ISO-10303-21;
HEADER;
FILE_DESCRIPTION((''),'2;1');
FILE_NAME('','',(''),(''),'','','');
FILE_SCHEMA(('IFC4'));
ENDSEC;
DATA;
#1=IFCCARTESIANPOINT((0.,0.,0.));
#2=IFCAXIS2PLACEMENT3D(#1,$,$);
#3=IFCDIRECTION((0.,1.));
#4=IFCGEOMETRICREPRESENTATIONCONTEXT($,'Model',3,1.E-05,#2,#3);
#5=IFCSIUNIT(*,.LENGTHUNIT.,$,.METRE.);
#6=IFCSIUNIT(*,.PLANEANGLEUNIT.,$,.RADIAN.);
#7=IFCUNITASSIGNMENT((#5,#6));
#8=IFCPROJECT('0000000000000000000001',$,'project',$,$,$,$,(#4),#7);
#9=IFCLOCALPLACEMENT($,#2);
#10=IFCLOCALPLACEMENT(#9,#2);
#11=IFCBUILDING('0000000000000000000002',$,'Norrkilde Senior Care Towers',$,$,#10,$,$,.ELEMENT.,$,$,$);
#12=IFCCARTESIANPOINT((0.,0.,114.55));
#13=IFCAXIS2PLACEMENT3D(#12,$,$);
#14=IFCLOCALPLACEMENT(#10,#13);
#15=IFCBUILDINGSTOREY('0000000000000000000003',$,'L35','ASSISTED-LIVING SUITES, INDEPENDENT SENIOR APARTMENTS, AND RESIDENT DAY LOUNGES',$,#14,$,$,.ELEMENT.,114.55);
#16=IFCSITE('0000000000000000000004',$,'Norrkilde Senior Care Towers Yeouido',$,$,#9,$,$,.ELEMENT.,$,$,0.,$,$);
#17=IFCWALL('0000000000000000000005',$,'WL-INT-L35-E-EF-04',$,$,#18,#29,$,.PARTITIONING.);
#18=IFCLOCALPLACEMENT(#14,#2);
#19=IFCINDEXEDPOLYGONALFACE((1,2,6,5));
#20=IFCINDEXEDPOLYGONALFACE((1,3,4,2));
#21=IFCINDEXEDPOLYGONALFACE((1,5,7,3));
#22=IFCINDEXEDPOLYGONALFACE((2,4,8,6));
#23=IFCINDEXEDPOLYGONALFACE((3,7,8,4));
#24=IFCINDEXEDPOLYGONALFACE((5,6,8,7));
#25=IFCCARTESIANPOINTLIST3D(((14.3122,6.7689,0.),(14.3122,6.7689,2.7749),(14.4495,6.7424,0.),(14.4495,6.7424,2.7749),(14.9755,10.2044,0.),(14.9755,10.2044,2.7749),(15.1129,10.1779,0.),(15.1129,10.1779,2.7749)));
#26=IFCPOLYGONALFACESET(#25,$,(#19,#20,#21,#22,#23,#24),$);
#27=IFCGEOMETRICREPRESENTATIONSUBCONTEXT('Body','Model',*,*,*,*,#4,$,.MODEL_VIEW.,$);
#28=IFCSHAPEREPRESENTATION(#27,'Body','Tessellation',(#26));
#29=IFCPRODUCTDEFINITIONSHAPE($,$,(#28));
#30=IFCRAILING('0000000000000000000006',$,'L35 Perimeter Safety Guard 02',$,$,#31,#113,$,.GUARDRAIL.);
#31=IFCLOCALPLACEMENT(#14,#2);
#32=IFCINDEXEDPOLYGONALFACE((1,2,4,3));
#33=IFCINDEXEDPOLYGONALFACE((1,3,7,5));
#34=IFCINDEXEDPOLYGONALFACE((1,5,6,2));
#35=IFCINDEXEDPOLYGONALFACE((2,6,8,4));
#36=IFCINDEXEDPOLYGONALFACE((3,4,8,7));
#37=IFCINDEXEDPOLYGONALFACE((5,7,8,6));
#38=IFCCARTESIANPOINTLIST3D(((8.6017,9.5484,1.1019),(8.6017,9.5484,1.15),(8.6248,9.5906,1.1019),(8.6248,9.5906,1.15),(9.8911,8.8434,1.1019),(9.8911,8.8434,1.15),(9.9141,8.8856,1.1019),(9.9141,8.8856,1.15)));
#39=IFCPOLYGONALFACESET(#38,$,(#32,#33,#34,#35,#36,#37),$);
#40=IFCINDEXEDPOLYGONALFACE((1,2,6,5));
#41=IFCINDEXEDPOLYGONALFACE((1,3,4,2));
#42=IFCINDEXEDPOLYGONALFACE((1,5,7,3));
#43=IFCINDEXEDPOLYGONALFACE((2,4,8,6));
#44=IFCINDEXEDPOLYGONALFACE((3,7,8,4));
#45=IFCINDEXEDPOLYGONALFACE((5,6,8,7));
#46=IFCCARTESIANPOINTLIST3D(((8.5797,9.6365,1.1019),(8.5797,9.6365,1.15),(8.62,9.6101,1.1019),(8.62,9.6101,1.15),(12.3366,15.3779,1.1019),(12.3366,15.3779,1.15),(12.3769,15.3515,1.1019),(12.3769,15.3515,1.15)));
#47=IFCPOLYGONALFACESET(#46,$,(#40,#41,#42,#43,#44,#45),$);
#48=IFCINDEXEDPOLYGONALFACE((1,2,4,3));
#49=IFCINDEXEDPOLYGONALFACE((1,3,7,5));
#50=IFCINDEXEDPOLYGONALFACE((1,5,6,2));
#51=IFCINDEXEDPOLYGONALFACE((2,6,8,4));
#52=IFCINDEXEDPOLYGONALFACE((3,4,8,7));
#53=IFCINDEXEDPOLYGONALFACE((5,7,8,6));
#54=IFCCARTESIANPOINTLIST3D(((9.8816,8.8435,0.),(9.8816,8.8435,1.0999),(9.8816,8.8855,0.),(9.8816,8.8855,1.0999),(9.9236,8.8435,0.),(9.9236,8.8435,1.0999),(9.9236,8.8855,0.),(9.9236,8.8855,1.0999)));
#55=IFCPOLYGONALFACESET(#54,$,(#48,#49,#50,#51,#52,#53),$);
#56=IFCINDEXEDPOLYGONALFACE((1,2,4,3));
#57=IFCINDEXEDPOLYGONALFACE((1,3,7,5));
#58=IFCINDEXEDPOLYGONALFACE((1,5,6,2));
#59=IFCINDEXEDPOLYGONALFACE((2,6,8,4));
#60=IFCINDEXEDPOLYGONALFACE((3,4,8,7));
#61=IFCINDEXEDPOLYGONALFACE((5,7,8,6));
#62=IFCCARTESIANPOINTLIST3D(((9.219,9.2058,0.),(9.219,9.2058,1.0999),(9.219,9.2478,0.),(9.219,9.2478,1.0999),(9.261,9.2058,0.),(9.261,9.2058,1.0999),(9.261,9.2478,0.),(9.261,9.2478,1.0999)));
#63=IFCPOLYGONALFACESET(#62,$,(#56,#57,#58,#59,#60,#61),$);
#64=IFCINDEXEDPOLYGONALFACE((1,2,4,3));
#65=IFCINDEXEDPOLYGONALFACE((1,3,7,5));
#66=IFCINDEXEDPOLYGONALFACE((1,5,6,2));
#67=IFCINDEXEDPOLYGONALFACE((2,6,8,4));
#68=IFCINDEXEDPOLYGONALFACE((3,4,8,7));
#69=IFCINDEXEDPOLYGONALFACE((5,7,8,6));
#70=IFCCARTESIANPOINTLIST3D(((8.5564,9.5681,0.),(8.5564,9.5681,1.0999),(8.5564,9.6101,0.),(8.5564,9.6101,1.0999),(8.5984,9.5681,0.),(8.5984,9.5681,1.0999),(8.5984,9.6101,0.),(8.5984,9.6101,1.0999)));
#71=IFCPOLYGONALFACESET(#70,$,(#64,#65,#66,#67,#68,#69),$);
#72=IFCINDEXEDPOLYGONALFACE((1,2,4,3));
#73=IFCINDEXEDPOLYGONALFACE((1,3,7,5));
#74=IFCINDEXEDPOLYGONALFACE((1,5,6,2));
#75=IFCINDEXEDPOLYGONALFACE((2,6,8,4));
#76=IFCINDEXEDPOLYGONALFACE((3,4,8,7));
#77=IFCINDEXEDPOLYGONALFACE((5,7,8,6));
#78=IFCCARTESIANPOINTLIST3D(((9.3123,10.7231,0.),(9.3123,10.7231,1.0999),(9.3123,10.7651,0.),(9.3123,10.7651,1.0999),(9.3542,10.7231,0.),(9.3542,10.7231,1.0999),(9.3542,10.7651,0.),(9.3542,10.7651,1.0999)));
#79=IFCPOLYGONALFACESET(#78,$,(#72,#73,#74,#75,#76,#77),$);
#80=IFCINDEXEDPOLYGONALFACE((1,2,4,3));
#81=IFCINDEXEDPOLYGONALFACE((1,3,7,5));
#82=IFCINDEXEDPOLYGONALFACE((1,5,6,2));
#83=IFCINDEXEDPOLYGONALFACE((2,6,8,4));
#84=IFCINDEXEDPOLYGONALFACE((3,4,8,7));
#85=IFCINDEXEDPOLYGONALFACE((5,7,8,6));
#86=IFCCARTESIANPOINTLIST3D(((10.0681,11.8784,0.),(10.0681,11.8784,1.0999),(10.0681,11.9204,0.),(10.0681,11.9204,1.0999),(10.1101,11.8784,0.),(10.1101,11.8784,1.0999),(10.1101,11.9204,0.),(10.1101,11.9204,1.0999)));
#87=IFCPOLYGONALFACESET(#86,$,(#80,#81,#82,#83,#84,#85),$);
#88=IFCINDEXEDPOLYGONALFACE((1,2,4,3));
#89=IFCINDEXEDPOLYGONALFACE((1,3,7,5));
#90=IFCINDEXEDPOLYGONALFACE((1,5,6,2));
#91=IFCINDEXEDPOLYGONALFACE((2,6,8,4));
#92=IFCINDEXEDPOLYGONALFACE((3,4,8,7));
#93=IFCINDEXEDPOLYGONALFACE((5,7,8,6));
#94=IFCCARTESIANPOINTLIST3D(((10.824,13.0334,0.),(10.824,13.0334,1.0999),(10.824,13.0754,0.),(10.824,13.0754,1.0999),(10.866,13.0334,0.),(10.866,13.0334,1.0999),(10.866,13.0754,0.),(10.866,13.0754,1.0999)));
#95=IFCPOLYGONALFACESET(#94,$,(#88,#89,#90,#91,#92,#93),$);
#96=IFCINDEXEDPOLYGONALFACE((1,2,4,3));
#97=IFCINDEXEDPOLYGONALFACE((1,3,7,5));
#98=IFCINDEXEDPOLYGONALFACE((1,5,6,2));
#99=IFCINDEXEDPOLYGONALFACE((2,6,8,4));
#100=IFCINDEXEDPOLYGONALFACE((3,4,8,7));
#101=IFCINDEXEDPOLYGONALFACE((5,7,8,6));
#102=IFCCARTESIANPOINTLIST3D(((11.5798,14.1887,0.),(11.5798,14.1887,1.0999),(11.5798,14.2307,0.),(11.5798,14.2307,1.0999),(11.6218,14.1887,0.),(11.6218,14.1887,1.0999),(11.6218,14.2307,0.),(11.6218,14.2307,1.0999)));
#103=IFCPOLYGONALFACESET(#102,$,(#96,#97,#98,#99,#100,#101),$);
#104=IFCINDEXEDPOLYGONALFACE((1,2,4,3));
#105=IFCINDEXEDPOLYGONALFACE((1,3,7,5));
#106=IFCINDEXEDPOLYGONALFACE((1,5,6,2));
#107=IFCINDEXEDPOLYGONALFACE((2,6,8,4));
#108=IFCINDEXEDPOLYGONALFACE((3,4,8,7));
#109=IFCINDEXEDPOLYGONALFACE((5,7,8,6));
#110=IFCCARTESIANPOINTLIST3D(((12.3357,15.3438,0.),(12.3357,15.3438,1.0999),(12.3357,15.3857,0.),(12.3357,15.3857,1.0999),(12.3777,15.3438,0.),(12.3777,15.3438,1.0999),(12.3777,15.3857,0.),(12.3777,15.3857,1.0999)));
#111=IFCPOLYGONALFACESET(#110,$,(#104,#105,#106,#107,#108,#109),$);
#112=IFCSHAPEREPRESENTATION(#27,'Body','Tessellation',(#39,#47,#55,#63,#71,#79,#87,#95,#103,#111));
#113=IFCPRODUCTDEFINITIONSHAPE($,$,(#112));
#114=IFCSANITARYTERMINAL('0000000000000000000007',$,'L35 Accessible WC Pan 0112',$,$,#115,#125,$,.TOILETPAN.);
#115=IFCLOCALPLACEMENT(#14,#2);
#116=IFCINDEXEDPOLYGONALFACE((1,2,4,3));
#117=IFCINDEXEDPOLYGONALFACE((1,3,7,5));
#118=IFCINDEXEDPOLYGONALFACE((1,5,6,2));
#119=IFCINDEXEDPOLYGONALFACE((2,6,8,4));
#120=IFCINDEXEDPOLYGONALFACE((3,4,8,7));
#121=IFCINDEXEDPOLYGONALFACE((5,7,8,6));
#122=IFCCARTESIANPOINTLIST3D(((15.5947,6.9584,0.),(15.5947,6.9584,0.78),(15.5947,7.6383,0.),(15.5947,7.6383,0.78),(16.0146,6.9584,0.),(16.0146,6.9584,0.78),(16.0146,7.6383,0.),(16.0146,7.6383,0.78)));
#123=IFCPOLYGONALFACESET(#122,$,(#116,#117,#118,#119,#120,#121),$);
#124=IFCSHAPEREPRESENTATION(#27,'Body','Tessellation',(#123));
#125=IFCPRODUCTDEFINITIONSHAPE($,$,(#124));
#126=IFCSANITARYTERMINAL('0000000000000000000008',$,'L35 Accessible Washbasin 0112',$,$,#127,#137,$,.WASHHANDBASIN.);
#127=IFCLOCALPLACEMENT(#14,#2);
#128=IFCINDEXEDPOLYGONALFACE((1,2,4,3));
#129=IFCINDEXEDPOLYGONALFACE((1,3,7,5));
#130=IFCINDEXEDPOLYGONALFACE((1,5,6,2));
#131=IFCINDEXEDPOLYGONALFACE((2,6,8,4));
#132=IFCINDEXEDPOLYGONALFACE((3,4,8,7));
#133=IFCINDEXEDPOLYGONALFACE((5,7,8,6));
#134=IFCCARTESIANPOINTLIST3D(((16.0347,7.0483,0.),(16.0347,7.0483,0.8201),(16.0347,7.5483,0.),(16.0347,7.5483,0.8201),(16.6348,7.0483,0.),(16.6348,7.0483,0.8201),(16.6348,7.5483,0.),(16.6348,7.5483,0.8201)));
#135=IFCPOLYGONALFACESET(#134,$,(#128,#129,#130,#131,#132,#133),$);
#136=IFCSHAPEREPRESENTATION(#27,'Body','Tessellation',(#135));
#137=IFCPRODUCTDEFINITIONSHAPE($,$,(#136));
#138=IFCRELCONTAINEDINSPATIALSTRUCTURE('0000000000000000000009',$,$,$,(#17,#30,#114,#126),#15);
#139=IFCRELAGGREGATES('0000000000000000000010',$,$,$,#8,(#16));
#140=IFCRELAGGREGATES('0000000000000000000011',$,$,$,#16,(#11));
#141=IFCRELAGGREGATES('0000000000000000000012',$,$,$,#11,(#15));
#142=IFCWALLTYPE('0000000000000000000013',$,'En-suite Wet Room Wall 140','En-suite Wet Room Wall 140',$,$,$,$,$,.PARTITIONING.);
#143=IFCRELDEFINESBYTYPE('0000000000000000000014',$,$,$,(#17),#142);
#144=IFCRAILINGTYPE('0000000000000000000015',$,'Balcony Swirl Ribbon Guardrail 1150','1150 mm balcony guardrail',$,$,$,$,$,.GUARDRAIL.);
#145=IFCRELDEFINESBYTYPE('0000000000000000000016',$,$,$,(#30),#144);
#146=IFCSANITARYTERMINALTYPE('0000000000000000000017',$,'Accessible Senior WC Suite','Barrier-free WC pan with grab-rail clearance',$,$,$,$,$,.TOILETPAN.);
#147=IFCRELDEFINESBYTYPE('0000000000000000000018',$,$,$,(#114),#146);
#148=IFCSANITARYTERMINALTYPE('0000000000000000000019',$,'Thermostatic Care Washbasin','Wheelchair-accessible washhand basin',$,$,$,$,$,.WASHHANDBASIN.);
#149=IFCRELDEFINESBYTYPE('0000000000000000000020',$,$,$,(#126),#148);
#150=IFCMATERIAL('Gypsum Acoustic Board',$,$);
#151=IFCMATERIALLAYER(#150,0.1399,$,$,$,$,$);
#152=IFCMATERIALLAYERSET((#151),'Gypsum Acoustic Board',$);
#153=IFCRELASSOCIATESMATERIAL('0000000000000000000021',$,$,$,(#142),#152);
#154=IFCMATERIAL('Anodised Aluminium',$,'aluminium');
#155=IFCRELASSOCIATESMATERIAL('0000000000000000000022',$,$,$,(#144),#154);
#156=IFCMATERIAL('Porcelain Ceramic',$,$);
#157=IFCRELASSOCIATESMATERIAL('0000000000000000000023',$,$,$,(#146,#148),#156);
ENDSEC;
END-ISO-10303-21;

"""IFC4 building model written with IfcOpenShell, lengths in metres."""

from ifc_helpers import new_model, si_unit, direction, frame, frame_2d, origin, origin_2d, place, context, subcontext, project, spatial, rectangle, extrude, source, transform, mapped, material, layer, layer_set, type_object, type_shapes, element, save


model = new_model("IFC4")

# Units and contexts
model_context = context("Model", 3, precision=1e-05, world=origin(), true_north=direction((0.0, 1.0)))
body_context = subcontext(model_context, "Body", "Model", "MODEL_VIEW")
ifc_project = project(units=[si_unit("LENGTHUNIT", "METRE"), si_unit("PLANEANGLEUNIT", "RADIAN")], contexts=[model_context])

# Site, building, storey
site_placement = place(None, origin())
site = spatial("IfcSite", under=ifc_project, at=site_placement, Name="Norrkilde Senior Care Towers Yeouido", CompositionType="ELEMENT", RefElevation=0.0)
building_placement = place(site_placement, origin())
building = spatial("IfcBuilding", under=site, at=building_placement, Name="Norrkilde Senior Care Towers", CompositionType="ELEMENT")
storey_placement = place(building_placement, frame((0.0, 0.0, 114.55)))
storey = spatial("IfcBuildingStorey", under=building, at=storey_placement, Name="L35", Description="ASSISTED-LIVING SUITES, INDEPENDENT SENIOR APARTMENTS, AND RESIDENT DAY LOUNGES", CompositionType="ELEMENT", Elevation=114.55)

# Shared definitions
ifc_material_1 = material(Name="Anodised Aluminium", Category="aluminium")

# Shared definitions
ifc_material_2 = material(Name="Gypsum Acoustic Board")

# Shared definitions
ifc_layer_1 = layer(ifc_material_2, 0.1399)
ifc_layer_set_1 = layer_set([ifc_layer_1], Name="Gypsum Acoustic Board")
wall_type_1 = type_object("IfcWallType", Name="En-suite Wet Room Wall 140", Description="En-suite Wet Room Wall 140", PredefinedType="PARTITIONING", material=ifc_layer_set_1)

# Wall
shared_shape_1 = source(origin(), body_context, "Body", "SweptSolid", [
    extrude(rectangle(XDim=3.499, YDim=0.1399, at=frame_2d((1.7495, 0.0))), origin(), (0.0, 0.0, 1.0), 2.7749),
])
wall_1_placement = place(storey_placement, frame((14.3809, 6.7556, 0.0), z_axis=(0.0, 0.0, 1.0), x_axis=(0.189577, 0.981866, 0.0)))
element("IfcWall", 1, at=wall_1_placement, inside=storey, type_object=wall_type_1, Name="WL-INT-L35-E-EF-04", PredefinedType="PARTITIONING", context=body_context, shape_type="MappedRepresentation", body=[
    mapped(shared_shape_1, transform((0.0, 0.0, 0.0), x_axis=(1.0, 0.0, 0.0), y_axis=(0.0, 1.0, 0.0), z_axis=(0.0, 0.0, 1.0), scale=1.0)),
])

# Railing
railing_type = type_object("IfcRailingType", Name="Balcony Swirl Ribbon Guardrail 1150", Description="1150 mm balcony guardrail", PredefinedType="GUARDRAIL", material=ifc_material_1)
railing_1_placement = place(storey_placement, frame((9.9026, 8.8645, 0.0)))
element("IfcRailing", 2, at=railing_1_placement, inside=storey, type_object=railing_type, Name="L35 Perimeter Safety Guard 02", PredefinedType="GUARDRAIL", context=body_context, shape_type="SweptSolid", body=[
    extrude(rectangle(XDim=0.0481, YDim=0.0481, at=origin_2d()), frame((0.0, 0.0, 1.126), z_axis=(-0.877401, 0.479758, 0.0), x_axis=(-0.479758, -0.877401, 0.0)), (0.0, 0.0, 1.0), 1.4695),
    extrude(rectangle(XDim=0.0481, YDim=0.0481, at=origin_2d()), frame((-1.3027, 0.7588, 1.126), z_axis=(0.547546, 0.836776, 0.0), x_axis=(-0.836776, 0.547546, 0.0)), (0.0, 0.0, 1.0), 6.8613),
    extrude(rectangle(XDim=0.042, YDim=0.042, at=origin_2d()), origin(), (0.0, 0.0, 1.0), 1.0999),
    extrude(rectangle(XDim=0.042, YDim=0.042, at=origin_2d()), frame((-0.6626, 0.3623, 0.0)), (0.0, 0.0, 1.0), 1.0999),
    extrude(rectangle(XDim=0.042, YDim=0.042, at=origin_2d()), frame((-1.3252, 0.7246, 0.0)), (0.0, 0.0, 1.0), 1.0999),
    extrude(rectangle(XDim=0.042, YDim=0.042, at=origin_2d()), frame((-0.5693, 1.8796, 0.0)), (0.0, 0.0, 1.0), 1.0999),
    extrude(rectangle(XDim=0.042, YDim=0.042, at=origin_2d()), frame((0.1865, 3.0349, 0.0)), (0.0, 0.0, 1.0), 1.0999),
    extrude(rectangle(XDim=0.042, YDim=0.042, at=origin_2d()), frame((0.9424, 4.1899, 0.0)), (0.0, 0.0, 1.0), 1.0999),
    extrude(rectangle(XDim=0.042, YDim=0.042, at=origin_2d()), frame((1.6982, 5.3452, 0.0)), (0.0, 0.0, 1.0), 1.0999),
    extrude(rectangle(XDim=0.042, YDim=0.042, at=origin_2d()), frame((2.4541, 6.5002, 0.0)), (0.0, 0.0, 1.0), 1.0999),
])

# Sanitary terminals
ifc_material_3 = material(Name="Porcelain Ceramic")
sanitary_terminal_type_1 = type_object("IfcSanitaryTerminalType", Name="Accessible Senior WC Suite", Description="Barrier-free WC pan with grab-rail clearance", PredefinedType="TOILETPAN", material=ifc_material_3)
shared_shape_2 = source(origin(), body_context, "Body", "SweptSolid", [
    extrude(rectangle(XDim=0.4199, YDim=0.6799, at=origin_2d()), origin(), (0.0, 0.0, 1.0), 0.78),
])
type_shapes(sanitary_terminal_type_1, [shared_shape_2])
sanitary_terminal_1_placement = place(storey_placement, frame((15.8047, 7.2983, 0.0), z_axis=(0.0, 0.0, 1.0), x_axis=(1.0, 0.0, 0.0)))
element("IfcSanitaryTerminal", 3, at=sanitary_terminal_1_placement, inside=storey, type_object=sanitary_terminal_type_1, Name="L35 Accessible WC Pan 0112", PredefinedType="TOILETPAN", context=body_context, shape_type="MappedRepresentation", body=[
    mapped(shared_shape_2, transform((0.0, 0.0, 0.0), x_axis=(1.0, 0.0, 0.0), y_axis=(0.0, 1.0, 0.0), z_axis=(0.0, 0.0, 1.0), scale=1.0)),
])
sanitary_terminal_type_2 = type_object("IfcSanitaryTerminalType", Name="Thermostatic Care Washbasin", Description="Wheelchair-accessible washhand basin", PredefinedType="WASHHANDBASIN", material=ifc_material_3)
shared_shape_3 = source(origin(), body_context, "Body", "SweptSolid", [
    extrude(rectangle(XDim=0.6001, YDim=0.5, at=origin_2d()), origin(), (0.0, 0.0, 1.0), 0.8201),
])
type_shapes(sanitary_terminal_type_2, [shared_shape_3])
sanitary_terminal_2_placement = place(storey_placement, frame((16.3347, 7.2983, 0.0), z_axis=(0.0, 0.0, 1.0), x_axis=(1.0, 0.0, 0.0)))
element("IfcSanitaryTerminal", 4, at=sanitary_terminal_2_placement, inside=storey, type_object=sanitary_terminal_type_2, Name="L35 Accessible Washbasin 0112", PredefinedType="WASHHANDBASIN", context=body_context, shape_type="MappedRepresentation", body=[
    mapped(shared_shape_3, transform((0.0, 0.0, 0.0), x_axis=(1.0, 0.0, 0.0), y_axis=(0.0, 1.0, 0.0), z_axis=(0.0, 0.0, 1.0), scale=1.0)),
])

save(model, "model.ifc")
